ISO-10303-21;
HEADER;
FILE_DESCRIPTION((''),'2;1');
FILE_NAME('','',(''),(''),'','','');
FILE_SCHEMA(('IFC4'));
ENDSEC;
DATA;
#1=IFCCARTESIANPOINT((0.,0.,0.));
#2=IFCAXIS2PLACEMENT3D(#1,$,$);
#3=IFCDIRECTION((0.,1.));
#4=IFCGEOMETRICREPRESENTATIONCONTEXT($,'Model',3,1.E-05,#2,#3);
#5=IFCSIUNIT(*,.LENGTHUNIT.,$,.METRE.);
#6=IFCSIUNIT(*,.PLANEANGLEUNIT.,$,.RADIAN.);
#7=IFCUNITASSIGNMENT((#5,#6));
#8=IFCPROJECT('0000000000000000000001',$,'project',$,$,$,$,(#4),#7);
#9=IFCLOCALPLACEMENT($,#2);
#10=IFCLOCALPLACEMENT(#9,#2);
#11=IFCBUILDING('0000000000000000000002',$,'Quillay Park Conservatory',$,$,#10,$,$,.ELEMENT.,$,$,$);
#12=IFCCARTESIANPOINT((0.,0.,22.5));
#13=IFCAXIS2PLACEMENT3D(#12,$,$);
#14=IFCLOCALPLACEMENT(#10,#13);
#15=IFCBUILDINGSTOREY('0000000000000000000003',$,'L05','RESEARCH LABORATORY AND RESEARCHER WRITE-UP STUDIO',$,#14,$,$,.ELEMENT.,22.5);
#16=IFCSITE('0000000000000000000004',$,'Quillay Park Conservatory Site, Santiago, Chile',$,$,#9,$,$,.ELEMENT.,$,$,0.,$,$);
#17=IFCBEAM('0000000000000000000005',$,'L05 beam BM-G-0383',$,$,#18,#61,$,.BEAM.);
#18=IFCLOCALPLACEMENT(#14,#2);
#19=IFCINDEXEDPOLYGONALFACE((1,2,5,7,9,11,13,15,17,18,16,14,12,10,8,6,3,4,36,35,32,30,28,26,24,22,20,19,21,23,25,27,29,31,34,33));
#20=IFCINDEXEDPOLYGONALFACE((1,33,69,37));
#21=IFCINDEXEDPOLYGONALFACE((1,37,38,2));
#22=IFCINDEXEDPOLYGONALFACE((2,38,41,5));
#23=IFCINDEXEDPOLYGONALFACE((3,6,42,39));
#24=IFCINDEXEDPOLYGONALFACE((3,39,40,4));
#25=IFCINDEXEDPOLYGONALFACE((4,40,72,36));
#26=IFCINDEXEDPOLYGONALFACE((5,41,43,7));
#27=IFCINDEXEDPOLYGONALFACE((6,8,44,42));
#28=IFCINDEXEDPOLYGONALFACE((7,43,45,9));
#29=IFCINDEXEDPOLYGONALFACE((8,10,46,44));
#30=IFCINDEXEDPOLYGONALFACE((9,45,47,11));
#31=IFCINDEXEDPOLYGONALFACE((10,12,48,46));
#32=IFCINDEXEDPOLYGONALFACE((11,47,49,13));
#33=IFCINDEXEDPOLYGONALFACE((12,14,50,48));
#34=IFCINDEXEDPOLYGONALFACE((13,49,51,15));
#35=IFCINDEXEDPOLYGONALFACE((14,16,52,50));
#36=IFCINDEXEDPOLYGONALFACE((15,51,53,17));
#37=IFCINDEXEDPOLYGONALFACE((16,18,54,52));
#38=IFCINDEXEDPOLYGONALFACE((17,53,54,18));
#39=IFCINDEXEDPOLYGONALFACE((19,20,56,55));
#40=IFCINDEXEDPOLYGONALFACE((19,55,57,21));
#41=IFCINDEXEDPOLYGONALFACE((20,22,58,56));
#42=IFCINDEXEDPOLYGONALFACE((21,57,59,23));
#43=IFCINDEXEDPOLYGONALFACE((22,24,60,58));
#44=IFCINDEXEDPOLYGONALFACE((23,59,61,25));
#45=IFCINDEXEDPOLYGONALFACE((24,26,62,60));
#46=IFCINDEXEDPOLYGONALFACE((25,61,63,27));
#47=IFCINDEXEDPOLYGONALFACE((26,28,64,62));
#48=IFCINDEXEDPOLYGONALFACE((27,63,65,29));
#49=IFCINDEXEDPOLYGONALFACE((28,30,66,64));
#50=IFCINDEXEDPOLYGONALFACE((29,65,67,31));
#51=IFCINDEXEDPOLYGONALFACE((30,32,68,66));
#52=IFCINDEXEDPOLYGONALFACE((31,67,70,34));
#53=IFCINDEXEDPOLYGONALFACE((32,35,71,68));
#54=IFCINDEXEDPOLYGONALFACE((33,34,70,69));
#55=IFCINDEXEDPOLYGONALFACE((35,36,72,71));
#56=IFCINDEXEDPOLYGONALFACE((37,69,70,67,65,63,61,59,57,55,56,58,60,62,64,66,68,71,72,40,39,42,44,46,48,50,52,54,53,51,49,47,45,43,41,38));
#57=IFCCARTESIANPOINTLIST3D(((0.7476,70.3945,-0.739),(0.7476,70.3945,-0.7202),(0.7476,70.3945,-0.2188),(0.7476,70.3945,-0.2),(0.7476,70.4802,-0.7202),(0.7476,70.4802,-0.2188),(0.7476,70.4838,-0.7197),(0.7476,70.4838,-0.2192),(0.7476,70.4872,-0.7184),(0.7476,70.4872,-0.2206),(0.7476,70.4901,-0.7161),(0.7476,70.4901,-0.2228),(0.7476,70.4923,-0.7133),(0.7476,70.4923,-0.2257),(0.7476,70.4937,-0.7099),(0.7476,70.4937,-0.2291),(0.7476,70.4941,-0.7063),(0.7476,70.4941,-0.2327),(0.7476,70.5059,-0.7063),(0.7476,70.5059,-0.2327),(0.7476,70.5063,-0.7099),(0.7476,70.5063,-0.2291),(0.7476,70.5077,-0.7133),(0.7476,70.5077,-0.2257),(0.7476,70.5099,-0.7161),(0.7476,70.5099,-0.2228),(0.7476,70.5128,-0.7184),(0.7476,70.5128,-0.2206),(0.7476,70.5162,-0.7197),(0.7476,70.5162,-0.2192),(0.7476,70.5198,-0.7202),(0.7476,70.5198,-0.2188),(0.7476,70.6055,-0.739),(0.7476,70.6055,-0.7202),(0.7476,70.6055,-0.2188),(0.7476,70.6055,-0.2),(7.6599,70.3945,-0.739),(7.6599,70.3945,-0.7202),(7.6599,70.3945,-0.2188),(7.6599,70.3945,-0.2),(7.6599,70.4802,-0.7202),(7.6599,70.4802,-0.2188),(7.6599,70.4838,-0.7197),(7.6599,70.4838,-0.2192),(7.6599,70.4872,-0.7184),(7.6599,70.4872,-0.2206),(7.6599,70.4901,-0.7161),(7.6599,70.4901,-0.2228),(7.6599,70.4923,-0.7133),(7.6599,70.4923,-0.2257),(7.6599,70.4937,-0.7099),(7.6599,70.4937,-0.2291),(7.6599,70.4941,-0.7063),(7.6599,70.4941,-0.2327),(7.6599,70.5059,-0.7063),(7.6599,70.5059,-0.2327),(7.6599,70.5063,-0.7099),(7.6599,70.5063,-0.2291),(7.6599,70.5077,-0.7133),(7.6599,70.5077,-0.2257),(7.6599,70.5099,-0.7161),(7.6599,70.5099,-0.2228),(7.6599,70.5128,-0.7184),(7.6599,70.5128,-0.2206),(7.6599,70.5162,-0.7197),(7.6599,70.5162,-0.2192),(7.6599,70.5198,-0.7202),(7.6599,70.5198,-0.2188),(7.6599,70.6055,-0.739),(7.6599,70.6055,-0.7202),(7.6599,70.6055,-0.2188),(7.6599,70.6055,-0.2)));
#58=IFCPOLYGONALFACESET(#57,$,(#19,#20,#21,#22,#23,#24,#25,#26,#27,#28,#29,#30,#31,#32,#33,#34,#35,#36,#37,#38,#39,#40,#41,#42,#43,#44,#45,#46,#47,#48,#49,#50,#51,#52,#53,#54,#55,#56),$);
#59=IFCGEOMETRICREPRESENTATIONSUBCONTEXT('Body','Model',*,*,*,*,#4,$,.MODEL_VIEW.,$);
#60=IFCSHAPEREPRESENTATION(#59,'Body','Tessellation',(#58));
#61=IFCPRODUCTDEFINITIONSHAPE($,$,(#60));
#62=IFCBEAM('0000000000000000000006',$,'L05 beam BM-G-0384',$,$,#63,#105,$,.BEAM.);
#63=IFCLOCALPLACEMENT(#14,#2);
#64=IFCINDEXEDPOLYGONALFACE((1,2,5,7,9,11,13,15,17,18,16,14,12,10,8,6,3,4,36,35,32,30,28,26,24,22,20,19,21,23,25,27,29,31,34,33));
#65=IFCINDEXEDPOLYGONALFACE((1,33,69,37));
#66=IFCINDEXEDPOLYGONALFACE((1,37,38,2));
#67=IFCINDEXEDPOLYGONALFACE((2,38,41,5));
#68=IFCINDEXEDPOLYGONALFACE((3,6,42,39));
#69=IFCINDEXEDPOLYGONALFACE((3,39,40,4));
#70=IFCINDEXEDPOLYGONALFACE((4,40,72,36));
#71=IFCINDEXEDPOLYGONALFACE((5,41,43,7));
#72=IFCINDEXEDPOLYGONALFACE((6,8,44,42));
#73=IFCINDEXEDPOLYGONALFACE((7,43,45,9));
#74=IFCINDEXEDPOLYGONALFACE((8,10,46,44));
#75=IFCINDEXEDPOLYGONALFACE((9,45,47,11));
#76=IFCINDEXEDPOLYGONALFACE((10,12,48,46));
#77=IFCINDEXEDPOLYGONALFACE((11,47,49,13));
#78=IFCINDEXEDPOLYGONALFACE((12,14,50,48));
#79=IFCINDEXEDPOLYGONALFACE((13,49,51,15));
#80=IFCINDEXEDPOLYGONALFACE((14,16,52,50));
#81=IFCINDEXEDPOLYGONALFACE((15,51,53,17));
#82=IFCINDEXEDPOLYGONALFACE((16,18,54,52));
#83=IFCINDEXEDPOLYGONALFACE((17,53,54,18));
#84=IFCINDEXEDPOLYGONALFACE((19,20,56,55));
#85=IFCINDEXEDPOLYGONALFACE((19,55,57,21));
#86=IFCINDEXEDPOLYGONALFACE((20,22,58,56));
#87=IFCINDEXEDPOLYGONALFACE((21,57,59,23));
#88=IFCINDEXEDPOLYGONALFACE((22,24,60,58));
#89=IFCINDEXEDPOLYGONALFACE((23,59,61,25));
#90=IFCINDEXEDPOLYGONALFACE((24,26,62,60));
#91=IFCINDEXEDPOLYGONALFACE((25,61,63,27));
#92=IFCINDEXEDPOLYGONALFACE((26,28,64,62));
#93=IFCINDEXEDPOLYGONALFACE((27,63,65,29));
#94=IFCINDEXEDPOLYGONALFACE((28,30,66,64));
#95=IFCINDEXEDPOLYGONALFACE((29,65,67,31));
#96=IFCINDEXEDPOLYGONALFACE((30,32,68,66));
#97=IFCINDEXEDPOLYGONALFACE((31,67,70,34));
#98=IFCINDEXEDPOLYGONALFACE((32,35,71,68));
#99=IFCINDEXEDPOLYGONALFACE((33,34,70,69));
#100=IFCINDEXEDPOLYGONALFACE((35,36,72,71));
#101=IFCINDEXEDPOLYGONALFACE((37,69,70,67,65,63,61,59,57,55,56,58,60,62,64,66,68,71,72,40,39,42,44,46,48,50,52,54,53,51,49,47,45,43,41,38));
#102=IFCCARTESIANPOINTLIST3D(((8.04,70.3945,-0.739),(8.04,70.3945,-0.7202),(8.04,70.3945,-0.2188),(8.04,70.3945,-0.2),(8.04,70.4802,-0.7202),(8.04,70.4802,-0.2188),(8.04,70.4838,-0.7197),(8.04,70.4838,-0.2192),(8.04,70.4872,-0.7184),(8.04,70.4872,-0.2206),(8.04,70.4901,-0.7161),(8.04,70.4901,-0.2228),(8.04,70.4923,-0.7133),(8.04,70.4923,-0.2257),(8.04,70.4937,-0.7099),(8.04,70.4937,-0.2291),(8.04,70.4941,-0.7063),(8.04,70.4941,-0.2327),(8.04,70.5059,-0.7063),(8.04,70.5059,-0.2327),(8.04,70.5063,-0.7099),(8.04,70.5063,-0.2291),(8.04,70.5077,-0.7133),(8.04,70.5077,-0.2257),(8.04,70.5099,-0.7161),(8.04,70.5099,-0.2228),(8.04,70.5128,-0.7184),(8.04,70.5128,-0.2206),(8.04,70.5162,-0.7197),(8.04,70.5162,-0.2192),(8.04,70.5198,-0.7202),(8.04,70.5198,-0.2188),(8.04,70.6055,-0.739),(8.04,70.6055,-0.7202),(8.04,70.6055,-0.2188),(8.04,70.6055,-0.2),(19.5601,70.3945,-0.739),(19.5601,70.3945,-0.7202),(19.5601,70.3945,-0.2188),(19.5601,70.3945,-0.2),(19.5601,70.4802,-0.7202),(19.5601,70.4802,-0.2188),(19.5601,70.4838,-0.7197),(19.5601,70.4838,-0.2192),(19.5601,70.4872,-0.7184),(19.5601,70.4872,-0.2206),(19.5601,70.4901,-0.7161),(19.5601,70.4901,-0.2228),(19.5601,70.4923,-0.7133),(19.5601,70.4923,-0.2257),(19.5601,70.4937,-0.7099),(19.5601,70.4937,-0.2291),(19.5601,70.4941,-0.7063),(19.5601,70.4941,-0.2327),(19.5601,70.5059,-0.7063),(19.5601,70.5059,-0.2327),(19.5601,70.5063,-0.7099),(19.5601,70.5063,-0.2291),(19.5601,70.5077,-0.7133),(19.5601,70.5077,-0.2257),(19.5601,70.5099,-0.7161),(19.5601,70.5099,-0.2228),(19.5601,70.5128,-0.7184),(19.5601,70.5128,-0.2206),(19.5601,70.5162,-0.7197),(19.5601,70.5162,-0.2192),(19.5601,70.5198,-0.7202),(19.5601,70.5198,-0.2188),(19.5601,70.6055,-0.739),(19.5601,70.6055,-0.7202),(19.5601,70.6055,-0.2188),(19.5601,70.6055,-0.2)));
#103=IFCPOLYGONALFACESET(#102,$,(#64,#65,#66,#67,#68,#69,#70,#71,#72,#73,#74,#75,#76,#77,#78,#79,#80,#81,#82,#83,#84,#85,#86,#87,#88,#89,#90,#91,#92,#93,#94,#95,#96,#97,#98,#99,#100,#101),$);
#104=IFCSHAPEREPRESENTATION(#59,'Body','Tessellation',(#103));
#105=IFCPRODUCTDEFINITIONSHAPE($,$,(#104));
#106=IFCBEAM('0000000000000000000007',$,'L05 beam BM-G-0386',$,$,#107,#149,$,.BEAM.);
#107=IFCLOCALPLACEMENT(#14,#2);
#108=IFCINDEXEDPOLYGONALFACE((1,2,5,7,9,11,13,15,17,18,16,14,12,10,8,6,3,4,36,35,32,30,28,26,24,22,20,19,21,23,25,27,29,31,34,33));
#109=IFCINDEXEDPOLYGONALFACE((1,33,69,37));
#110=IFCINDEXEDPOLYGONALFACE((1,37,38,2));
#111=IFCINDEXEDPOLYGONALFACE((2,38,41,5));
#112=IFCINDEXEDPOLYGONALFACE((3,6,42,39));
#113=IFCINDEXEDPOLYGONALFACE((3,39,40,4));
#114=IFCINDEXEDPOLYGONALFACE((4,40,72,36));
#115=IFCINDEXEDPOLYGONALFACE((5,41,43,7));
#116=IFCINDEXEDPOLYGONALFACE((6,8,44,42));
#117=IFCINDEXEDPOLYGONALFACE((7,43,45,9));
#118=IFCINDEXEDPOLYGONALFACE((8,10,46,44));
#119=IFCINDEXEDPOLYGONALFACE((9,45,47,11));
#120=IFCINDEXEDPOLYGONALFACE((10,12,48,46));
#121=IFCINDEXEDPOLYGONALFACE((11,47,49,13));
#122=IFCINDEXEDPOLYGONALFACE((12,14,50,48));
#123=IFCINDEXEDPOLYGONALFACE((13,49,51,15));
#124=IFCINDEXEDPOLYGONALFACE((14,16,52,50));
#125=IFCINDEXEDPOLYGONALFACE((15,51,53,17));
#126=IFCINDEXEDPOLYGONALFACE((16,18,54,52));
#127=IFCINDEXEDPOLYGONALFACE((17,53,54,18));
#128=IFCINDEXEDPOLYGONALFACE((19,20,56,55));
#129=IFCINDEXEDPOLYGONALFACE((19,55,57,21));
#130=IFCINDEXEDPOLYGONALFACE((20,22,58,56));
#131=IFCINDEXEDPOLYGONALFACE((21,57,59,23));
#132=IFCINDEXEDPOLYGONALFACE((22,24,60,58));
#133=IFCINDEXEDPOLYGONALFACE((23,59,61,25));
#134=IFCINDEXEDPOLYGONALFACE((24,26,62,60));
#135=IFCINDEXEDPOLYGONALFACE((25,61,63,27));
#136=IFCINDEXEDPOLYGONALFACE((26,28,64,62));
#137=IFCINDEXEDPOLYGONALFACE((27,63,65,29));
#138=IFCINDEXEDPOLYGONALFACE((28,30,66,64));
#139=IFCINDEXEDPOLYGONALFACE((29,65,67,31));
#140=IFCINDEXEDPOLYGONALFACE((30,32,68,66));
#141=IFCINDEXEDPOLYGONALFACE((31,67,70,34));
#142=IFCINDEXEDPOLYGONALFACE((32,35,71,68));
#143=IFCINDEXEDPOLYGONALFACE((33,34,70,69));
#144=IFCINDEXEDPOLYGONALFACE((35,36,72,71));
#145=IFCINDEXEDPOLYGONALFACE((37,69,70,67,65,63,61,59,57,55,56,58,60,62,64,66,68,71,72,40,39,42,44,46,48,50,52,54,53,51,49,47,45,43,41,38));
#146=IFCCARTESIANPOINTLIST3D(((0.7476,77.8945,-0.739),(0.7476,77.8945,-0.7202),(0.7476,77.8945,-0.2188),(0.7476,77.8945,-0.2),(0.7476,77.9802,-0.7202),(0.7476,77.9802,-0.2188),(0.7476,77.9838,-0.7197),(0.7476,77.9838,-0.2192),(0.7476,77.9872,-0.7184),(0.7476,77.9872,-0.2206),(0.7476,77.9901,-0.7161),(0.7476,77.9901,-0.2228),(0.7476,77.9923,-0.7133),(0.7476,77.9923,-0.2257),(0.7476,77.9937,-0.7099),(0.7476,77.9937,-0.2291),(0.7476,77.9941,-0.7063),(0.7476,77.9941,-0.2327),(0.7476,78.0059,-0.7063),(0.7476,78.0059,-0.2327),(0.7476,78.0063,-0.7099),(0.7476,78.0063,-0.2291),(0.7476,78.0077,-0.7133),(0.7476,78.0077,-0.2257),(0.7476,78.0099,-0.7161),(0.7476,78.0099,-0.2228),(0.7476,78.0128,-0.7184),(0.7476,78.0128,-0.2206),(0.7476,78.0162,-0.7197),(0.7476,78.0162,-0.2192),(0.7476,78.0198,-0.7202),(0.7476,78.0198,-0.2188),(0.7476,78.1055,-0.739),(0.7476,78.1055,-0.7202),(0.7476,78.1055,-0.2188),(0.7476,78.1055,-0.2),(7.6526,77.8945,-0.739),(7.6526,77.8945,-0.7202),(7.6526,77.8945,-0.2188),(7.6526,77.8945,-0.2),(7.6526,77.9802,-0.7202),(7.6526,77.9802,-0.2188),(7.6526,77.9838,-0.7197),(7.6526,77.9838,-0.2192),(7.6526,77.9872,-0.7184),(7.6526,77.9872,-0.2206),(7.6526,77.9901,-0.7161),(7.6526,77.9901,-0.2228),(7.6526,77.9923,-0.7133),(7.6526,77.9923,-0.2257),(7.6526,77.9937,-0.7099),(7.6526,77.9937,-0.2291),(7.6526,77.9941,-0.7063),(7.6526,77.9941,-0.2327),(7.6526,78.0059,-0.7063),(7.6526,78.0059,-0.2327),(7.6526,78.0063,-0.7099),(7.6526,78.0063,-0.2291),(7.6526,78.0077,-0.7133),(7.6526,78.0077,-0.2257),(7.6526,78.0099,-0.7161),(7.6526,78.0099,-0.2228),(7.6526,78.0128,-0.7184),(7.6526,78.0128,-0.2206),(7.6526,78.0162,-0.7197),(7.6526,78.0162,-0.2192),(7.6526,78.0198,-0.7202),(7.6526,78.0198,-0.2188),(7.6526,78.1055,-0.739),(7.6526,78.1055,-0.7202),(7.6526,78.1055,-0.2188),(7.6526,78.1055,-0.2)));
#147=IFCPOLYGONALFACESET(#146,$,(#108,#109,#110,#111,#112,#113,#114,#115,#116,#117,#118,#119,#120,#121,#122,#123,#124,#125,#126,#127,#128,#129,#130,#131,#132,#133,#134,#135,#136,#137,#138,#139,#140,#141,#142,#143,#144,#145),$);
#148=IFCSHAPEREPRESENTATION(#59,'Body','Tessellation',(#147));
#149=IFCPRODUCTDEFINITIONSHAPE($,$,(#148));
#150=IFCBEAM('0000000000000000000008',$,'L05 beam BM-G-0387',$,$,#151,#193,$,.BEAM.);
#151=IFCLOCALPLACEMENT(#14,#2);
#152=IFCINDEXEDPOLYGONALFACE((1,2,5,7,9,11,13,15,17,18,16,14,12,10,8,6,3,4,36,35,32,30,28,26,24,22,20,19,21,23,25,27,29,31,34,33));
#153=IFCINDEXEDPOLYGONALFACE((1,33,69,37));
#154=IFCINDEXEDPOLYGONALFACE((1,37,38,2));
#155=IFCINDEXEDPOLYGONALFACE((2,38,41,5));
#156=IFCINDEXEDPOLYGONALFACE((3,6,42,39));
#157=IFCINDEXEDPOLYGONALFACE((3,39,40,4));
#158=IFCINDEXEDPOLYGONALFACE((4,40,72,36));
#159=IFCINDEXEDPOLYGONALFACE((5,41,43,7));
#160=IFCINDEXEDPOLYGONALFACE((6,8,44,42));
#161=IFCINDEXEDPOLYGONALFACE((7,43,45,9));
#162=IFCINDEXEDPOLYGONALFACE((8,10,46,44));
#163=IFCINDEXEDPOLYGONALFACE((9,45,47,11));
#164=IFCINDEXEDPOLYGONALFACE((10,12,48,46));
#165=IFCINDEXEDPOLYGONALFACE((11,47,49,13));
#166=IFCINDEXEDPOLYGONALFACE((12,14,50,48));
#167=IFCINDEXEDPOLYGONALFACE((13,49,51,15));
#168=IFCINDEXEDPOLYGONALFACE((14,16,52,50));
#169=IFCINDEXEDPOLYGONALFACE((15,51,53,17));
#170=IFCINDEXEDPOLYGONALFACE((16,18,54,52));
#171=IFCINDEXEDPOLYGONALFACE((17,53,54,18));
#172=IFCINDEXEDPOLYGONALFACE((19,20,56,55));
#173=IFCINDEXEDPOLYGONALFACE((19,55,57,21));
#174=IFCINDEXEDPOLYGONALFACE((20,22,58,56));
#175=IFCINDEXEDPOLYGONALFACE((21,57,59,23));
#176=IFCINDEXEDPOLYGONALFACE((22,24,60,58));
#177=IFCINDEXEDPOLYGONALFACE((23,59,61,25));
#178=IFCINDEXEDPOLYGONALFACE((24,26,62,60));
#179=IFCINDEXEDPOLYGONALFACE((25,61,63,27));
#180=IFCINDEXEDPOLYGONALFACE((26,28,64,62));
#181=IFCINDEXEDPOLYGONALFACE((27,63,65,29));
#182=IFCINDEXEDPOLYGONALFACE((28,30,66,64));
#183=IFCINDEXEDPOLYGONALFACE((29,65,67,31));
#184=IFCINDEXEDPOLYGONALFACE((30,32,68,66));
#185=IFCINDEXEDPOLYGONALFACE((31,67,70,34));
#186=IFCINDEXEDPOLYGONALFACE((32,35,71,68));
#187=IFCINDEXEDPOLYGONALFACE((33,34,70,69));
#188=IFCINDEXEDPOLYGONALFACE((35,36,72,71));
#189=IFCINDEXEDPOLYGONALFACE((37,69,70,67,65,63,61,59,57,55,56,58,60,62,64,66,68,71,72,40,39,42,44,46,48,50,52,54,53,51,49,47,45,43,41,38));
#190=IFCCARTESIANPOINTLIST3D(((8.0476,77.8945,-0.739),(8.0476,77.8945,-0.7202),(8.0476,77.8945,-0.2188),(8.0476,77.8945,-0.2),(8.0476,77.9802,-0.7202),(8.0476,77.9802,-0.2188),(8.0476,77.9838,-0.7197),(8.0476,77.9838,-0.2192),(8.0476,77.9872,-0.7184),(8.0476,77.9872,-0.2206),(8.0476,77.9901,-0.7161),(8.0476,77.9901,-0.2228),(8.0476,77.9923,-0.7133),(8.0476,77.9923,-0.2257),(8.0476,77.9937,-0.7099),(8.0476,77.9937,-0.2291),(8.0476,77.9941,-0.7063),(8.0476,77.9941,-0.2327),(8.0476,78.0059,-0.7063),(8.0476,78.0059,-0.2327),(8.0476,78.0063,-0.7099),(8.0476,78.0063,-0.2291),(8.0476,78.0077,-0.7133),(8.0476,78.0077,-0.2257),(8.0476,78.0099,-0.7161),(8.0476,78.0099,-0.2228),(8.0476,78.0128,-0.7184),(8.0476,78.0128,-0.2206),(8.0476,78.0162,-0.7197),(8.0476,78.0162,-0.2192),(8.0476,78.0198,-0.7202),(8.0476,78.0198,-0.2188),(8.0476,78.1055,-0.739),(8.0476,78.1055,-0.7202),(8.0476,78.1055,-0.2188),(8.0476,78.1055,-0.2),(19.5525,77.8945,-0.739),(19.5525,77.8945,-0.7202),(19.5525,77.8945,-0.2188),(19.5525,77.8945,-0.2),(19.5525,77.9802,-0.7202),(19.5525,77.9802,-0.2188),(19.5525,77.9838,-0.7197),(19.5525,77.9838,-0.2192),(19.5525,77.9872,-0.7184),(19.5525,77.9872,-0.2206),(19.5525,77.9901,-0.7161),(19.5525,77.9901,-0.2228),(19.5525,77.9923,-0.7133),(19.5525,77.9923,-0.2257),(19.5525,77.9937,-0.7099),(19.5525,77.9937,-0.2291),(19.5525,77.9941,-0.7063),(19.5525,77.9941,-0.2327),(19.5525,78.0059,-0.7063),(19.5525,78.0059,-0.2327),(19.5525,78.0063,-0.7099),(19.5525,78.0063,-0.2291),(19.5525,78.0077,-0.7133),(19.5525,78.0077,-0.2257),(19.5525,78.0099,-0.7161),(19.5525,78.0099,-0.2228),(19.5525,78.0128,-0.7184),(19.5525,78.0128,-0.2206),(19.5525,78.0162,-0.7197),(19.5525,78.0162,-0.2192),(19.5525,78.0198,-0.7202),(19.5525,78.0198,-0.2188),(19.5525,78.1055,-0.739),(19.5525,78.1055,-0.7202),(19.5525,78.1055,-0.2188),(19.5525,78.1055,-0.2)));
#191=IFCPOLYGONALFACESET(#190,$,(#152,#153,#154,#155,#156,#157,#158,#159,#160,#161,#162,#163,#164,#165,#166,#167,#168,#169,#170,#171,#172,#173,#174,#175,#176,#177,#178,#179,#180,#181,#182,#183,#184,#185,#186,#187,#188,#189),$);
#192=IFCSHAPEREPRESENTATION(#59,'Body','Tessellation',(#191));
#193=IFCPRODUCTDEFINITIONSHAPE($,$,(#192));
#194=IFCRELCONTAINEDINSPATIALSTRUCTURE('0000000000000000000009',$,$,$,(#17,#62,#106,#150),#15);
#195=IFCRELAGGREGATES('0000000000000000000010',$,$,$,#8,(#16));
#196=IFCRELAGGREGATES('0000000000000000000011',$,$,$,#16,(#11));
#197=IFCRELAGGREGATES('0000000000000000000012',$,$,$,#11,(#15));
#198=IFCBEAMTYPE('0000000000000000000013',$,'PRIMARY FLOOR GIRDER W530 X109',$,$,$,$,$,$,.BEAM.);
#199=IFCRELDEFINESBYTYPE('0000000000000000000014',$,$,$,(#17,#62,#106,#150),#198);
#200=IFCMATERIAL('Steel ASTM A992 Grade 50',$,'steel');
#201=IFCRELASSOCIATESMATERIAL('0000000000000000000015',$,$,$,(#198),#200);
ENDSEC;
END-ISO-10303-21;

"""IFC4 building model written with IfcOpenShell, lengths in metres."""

from ifc_helpers import new_model, si_unit, direction, frame, origin, origin_2d, place, context, subcontext, project, spatial, i_section, extrude, material, material_profile, profile_set, type_object, element, save


model = new_model("IFC4")

# Units and contexts
model_context = context("Model", 3, precision=1e-05, world=origin(), true_north=direction((0.0, 1.0)))
body_context = subcontext(model_context, "Body", "Model", "MODEL_VIEW")
ifc_project = project(units=[si_unit("LENGTHUNIT", "METRE"), si_unit("PLANEANGLEUNIT", "RADIAN")], contexts=[model_context])

# Site, building, storey
site_placement = place(None, origin())
site = spatial("IfcSite", under=ifc_project, at=site_placement, Name="Quillay Park Conservatory Site, Santiago, Chile", CompositionType="ELEMENT", RefElevation=0.0)
building_placement = place(site_placement, origin())
building = spatial("IfcBuilding", under=site, at=building_placement, Name="Quillay Park Conservatory", CompositionType="ELEMENT")
storey_placement = place(building_placement, frame((0.0, 0.0, 22.5)))
storey = spatial("IfcBuildingStorey", under=building, at=storey_placement, Name="L05", Description="RESEARCH LABORATORY AND RESEARCHER WRITE-UP STUDIO", CompositionType="ELEMENT", Elevation=22.5)

# Beams
ifc_material_1 = material(Name="Steel ASTM A992 Grade 50", Category="steel")
ifc_material_profile_1 = material_profile(ifc_material_1, i_section(OverallWidth=0.2109, OverallDepth=0.5391, WebThickness=0.0117, FlangeThickness=0.0188, FilletRadius=0.0139, at=origin_2d()), Name="W530x109")
ifc_profile_set_1 = profile_set([ifc_material_profile_1], Name="Steel ASTM A992 Grade 50")
beam_type_1 = type_object("IfcBeamType", Name="PRIMARY FLOOR GIRDER W530 X109", PredefinedType="BEAM", material=ifc_profile_set_1)
beam_1_placement = place(storey_placement, frame((0.7476, 70.5, -0.4695), z_axis=(1.0, 0.0, 0.0), x_axis=(0.0, 1.0, 0.0)))
element("IfcBeam", 1, at=beam_1_placement, inside=storey, type_object=beam_type_1, Name="L05 beam BM-G-0383", PredefinedType="BEAM", context=body_context, shape_type="SweptSolid", body=[
    extrude(i_section(OverallWidth=0.2109, OverallDepth=0.5391, WebThickness=0.0117, FlangeThickness=0.0188, FilletRadius=0.0139, at=origin_2d()), origin(), (0.0, 0.0, 1.0), 6.9124),
])
beam_2_placement = place(storey_placement, frame((8.04, 70.5, -0.4695), z_axis=(1.0, 0.0, 0.0), x_axis=(0.0, 1.0, 0.0)))
element("IfcBeam", 2, at=beam_2_placement, inside=storey, type_object=beam_type_1, Name="L05 beam BM-G-0384", PredefinedType="BEAM", context=body_context, shape_type="SweptSolid", body=[
    extrude(i_section(OverallWidth=0.2109, OverallDepth=0.5391, WebThickness=0.0117, FlangeThickness=0.0188, FilletRadius=0.0139, at=origin_2d()), origin(), (0.0, 0.0, 1.0), 11.52),
])
beam_3_placement = place(storey_placement, frame((0.7476, 78.0, -0.4695), z_axis=(1.0, 0.0, 0.0), x_axis=(0.0, 1.0, 0.0)))
element("IfcBeam", 3, at=beam_3_placement, inside=storey, type_object=beam_type_1, Name="L05 beam BM-G-0386", PredefinedType="BEAM", context=body_context, shape_type="SweptSolid", body=[
    extrude(i_section(OverallWidth=0.2109, OverallDepth=0.5391, WebThickness=0.0117, FlangeThickness=0.0188, FilletRadius=0.0139, at=origin_2d()), origin(), (0.0, 0.0, 1.0), 6.905),
])
beam_4_placement = place(storey_placement, frame((8.0476, 78.0, -0.4695), z_axis=(1.0, 0.0, 0.0), x_axis=(0.0, 1.0, 0.0)))
element("IfcBeam", 4, at=beam_4_placement, inside=storey, type_object=beam_type_1, Name="L05 beam BM-G-0387", PredefinedType="BEAM", context=body_context, shape_type="SweptSolid", body=[
    extrude(i_section(OverallWidth=0.2109, OverallDepth=0.5391, WebThickness=0.0117, FlangeThickness=0.0188, FilletRadius=0.0139, at=origin_2d()), origin(), (0.0, 0.0, 1.0), 11.5049),
])

save(model, "model.ifc")
